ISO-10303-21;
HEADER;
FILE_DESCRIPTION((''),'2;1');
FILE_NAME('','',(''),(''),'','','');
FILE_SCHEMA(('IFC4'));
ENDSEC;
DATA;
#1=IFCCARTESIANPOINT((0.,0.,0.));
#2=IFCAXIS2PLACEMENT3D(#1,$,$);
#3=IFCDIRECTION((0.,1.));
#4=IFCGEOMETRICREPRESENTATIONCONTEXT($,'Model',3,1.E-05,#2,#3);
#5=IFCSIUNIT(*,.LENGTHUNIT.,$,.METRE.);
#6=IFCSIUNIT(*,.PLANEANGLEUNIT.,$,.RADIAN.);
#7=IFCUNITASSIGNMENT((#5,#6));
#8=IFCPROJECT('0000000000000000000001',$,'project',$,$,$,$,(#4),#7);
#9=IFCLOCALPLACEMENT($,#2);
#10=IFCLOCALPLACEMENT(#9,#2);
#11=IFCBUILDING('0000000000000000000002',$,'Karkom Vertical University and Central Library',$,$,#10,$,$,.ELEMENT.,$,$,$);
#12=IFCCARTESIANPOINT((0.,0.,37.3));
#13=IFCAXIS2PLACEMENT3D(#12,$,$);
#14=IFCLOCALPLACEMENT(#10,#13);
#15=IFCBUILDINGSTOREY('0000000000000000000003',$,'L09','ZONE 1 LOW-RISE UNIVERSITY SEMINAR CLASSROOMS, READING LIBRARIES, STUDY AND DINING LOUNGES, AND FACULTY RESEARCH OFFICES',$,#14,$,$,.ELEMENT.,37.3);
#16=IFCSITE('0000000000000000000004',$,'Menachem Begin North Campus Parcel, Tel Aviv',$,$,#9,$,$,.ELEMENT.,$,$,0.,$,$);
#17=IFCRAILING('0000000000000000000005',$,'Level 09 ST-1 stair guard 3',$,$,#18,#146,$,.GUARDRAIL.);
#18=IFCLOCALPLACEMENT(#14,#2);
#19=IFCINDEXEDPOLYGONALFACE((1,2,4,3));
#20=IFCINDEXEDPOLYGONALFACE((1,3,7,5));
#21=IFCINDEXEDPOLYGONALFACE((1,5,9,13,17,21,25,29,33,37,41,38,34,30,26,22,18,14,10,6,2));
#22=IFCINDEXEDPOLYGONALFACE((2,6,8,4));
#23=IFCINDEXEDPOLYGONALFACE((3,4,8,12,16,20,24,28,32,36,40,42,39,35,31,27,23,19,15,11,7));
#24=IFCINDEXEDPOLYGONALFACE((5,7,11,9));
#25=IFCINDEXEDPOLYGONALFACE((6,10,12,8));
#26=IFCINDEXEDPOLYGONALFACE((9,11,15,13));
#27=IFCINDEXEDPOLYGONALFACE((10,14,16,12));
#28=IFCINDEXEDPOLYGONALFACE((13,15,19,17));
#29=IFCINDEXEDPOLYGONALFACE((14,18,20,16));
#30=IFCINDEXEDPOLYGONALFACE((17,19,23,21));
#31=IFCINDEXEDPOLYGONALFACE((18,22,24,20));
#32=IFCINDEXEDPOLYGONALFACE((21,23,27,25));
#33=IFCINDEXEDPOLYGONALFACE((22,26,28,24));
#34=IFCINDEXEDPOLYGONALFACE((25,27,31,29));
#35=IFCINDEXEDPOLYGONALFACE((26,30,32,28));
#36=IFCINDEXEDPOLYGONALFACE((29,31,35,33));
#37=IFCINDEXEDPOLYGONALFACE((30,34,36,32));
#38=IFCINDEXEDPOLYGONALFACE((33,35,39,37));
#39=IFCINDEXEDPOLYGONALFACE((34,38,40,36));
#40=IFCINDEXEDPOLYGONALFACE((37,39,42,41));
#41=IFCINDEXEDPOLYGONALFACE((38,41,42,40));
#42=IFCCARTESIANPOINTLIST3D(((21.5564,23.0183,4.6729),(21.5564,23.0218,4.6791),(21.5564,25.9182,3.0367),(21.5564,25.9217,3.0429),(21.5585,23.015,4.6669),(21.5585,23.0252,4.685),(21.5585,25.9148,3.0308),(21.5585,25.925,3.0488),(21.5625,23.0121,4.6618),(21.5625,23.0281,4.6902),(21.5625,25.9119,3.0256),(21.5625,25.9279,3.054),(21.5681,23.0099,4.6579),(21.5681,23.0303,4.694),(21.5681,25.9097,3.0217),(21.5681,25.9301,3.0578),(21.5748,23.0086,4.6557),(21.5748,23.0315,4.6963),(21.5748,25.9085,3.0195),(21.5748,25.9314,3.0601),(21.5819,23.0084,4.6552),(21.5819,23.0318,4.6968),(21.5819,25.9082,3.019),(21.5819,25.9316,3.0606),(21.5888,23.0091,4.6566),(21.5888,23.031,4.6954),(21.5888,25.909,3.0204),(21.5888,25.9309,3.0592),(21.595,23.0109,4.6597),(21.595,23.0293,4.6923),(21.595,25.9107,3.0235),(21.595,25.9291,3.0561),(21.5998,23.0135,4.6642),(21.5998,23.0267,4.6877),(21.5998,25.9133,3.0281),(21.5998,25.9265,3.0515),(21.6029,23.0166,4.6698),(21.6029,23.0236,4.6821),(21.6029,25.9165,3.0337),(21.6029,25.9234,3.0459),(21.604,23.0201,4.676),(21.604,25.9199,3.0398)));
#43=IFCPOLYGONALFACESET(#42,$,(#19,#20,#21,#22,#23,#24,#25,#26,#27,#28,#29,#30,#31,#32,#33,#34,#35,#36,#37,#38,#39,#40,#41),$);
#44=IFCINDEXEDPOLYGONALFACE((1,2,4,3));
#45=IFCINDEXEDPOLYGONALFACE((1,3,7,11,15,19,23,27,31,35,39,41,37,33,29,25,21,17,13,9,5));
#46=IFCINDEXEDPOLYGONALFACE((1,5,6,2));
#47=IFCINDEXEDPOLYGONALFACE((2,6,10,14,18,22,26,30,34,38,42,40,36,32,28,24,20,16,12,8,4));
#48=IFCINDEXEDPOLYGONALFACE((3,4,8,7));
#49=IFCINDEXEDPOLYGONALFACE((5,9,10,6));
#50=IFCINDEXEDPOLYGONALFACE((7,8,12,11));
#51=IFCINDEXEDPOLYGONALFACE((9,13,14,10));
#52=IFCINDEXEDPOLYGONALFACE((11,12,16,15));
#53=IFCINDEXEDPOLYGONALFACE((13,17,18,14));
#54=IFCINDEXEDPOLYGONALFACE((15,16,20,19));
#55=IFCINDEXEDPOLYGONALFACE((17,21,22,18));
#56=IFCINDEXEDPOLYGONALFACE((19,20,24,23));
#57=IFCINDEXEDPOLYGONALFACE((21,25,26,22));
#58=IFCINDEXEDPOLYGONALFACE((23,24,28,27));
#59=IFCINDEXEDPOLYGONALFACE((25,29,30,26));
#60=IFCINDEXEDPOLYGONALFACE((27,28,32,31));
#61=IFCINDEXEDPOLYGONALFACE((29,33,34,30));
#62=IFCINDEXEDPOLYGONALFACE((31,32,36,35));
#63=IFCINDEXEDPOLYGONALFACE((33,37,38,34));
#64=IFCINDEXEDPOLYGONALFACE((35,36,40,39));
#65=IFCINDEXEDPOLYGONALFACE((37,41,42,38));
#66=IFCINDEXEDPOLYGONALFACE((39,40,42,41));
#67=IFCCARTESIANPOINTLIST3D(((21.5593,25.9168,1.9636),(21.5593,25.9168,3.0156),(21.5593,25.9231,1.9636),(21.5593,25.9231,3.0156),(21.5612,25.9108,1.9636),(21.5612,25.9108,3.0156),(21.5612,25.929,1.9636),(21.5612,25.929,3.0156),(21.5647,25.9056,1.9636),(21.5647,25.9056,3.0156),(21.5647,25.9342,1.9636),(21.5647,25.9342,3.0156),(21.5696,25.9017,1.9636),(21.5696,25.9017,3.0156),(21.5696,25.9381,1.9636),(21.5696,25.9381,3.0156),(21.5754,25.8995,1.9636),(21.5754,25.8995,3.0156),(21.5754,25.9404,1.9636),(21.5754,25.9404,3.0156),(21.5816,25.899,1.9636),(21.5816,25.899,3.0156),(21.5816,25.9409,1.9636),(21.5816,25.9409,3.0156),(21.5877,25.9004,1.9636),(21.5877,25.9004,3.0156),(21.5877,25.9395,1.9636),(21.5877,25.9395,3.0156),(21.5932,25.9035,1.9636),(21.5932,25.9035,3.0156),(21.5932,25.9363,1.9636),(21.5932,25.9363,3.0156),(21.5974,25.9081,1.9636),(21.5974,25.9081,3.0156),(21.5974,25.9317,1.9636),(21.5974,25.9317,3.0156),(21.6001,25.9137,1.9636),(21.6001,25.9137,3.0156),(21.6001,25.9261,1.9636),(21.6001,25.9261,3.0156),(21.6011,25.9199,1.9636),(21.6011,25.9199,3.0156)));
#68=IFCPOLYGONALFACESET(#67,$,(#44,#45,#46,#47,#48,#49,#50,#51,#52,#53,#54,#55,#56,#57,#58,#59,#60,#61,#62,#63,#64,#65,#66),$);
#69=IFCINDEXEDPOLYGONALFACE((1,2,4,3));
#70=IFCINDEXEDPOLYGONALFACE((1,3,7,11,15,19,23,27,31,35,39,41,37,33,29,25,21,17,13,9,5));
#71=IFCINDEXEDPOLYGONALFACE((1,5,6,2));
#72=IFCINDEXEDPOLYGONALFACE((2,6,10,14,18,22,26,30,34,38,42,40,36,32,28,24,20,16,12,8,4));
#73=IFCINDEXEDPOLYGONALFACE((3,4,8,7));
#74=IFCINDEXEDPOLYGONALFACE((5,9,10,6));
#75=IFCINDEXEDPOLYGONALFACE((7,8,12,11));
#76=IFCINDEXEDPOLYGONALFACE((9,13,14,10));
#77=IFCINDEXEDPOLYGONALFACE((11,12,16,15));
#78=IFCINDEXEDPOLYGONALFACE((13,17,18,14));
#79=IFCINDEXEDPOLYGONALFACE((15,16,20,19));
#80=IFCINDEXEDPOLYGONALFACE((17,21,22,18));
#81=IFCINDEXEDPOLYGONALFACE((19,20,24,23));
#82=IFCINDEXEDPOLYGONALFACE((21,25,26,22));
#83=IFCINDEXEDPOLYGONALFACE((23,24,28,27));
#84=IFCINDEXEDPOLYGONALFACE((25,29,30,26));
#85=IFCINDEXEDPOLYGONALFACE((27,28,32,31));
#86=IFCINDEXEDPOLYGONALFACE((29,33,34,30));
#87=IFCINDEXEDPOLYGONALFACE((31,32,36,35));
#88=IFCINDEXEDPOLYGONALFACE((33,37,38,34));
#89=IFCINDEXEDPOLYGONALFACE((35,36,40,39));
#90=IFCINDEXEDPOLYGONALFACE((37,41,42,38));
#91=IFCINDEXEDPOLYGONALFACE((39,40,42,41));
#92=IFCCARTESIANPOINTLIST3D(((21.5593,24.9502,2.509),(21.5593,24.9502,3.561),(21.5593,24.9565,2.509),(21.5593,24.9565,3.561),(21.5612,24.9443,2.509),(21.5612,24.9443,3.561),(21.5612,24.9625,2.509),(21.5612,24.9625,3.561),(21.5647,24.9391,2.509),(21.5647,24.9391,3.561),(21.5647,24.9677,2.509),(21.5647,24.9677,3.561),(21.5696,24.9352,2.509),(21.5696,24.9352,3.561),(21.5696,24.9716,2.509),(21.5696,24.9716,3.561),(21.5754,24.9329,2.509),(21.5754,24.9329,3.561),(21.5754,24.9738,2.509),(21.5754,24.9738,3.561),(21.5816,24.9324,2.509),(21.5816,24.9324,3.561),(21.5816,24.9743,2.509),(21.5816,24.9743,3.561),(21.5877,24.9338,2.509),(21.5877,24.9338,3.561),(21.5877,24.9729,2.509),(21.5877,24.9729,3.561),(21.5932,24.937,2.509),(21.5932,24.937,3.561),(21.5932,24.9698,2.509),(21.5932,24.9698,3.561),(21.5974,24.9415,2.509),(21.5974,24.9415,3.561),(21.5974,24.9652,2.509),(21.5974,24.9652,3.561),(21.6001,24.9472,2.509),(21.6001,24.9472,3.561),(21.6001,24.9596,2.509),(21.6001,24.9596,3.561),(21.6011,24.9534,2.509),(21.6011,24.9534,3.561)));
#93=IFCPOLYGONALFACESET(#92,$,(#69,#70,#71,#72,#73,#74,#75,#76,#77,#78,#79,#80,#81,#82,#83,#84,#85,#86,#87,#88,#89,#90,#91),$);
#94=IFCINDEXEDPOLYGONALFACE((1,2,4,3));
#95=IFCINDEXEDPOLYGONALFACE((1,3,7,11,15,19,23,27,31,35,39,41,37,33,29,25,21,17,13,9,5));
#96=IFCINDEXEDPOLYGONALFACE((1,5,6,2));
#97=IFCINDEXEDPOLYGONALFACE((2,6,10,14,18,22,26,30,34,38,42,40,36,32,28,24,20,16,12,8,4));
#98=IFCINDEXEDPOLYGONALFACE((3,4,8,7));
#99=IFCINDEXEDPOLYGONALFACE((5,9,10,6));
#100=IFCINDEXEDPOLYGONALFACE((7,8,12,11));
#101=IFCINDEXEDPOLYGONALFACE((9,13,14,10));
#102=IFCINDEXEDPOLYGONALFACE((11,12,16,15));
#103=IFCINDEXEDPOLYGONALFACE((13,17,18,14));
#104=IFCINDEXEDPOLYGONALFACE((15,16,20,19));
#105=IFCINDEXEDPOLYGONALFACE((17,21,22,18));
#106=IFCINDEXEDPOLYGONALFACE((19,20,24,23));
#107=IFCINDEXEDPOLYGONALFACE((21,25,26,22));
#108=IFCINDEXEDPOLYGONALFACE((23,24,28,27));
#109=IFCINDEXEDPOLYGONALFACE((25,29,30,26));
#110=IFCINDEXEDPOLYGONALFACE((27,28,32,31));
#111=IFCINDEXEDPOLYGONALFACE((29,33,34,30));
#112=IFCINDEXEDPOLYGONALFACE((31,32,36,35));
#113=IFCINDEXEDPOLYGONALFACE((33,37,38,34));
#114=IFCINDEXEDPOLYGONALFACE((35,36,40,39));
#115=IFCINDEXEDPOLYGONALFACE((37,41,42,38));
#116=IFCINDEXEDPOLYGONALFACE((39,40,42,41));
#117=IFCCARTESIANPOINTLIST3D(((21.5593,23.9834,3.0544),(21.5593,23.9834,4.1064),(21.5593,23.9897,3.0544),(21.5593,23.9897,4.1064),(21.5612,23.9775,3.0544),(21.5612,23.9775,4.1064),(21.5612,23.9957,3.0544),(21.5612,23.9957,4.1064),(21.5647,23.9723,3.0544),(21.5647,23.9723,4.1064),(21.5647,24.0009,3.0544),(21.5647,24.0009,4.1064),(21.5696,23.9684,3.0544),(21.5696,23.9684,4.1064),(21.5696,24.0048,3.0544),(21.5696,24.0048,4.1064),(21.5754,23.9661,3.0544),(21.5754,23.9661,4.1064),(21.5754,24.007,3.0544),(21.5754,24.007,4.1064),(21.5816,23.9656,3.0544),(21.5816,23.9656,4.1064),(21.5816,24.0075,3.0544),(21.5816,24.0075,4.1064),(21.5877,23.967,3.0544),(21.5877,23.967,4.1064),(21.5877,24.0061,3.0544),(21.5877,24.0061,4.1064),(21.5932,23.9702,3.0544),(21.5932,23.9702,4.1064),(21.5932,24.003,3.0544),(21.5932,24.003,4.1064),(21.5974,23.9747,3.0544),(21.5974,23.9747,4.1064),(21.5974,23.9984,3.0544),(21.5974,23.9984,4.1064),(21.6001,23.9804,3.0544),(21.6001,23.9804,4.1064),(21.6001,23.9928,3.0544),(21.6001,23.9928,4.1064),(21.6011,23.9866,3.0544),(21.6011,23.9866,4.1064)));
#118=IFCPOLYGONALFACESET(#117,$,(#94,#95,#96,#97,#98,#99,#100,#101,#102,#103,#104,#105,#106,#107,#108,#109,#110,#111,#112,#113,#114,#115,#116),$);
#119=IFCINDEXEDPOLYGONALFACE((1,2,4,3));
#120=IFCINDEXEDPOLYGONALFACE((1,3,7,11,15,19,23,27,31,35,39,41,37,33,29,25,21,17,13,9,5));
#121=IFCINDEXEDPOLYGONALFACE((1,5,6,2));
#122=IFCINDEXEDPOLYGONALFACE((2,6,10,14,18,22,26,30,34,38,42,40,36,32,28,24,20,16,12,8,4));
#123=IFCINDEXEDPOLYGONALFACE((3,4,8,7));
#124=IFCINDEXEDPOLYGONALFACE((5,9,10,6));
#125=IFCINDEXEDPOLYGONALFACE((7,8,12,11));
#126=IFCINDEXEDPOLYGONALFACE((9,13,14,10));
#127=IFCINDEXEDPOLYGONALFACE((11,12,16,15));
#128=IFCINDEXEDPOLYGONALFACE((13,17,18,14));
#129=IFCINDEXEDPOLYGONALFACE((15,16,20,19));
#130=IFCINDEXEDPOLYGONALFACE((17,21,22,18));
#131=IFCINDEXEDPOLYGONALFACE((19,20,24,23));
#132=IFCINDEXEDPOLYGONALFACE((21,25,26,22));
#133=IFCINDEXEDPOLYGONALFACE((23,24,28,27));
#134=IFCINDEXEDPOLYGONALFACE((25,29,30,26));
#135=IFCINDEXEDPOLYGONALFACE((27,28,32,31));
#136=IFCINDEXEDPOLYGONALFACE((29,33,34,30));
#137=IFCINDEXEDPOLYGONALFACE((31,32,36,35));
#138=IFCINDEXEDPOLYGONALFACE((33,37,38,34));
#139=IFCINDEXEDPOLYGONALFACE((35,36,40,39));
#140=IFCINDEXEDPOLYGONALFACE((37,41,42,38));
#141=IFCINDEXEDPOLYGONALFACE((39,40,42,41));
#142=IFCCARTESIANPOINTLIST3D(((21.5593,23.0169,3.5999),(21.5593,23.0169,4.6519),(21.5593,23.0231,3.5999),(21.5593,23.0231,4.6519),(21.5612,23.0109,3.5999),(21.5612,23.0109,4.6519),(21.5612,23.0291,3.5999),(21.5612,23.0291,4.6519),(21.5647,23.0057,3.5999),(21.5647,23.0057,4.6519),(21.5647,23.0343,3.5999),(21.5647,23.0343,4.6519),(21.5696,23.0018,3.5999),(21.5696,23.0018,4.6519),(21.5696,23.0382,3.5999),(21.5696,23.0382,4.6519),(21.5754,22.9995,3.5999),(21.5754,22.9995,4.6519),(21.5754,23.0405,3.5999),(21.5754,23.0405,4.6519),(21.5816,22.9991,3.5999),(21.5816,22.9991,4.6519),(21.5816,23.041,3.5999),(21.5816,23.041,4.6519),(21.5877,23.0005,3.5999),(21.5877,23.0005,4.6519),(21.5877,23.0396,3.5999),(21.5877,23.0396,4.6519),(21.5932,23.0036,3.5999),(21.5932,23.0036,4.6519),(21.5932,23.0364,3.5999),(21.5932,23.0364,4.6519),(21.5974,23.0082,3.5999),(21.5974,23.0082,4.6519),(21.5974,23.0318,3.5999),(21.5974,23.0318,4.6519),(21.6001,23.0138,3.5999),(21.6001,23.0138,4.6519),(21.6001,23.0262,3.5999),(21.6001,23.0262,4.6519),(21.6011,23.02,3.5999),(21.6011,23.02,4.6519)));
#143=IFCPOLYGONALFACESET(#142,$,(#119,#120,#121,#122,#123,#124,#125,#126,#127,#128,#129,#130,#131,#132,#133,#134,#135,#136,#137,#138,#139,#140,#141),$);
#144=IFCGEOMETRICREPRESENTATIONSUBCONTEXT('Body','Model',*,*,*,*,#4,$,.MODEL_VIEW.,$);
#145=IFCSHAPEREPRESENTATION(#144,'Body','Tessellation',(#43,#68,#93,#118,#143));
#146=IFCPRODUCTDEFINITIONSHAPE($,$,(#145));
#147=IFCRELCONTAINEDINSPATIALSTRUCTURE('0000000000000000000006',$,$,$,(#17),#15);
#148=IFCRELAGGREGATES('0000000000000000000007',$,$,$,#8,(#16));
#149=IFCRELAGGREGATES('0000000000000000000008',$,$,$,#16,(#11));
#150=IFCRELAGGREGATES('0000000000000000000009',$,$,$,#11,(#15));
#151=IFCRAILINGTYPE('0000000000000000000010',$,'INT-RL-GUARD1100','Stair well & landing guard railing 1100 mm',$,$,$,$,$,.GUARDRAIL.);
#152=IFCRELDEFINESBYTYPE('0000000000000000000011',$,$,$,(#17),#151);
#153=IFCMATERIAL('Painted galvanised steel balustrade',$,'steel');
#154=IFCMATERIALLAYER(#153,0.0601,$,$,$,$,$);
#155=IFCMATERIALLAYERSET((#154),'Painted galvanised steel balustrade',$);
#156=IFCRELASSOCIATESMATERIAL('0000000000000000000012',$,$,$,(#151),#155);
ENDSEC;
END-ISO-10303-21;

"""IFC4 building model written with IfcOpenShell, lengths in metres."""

from ifc_helpers import new_model, si_unit, direction, frame, origin, origin_2d, place, context, subcontext, project, spatial, circle, extrude, material, layer, layer_set, type_object, element, save


model = new_model("IFC4")

# Units and contexts
model_context = context("Model", 3, precision=1e-05, world=origin(), true_north=direction((0.0, 1.0)))
body_context = subcontext(model_context, "Body", "Model", "MODEL_VIEW")
ifc_project = project(units=[si_unit("LENGTHUNIT", "METRE"), si_unit("PLANEANGLEUNIT", "RADIAN")], contexts=[model_context])

# Site, building, storey
site_placement = place(None, origin())
site = spatial("IfcSite", under=ifc_project, at=site_placement, Name="Menachem Begin North Campus Parcel, Tel Aviv", CompositionType="ELEMENT", RefElevation=0.0)
building_placement = place(site_placement, origin())
building = spatial("IfcBuilding", under=site, at=building_placement, Name="Karkom Vertical University and Central Library", CompositionType="ELEMENT")
storey_placement = place(building_placement, frame((0.0, 0.0, 37.3)))
storey = spatial("IfcBuildingStorey", under=building, at=storey_placement, Name="L09", Description="ZONE 1 LOW-RISE UNIVERSITY SEMINAR CLASSROOMS, READING LIBRARIES, STUDY AND DINING LOUNGES, AND FACULTY RESEARCH OFFICES", CompositionType="ELEMENT", Elevation=37.3)

# Railing
ifc_material_1 = material(Name="Painted galvanised steel balustrade", Category="steel")
ifc_layer_1 = layer(ifc_material_1, 0.0601)
ifc_layer_set_1 = layer_set([ifc_layer_1], Name="Painted galvanised steel balustrade")
railing_type_1 = type_object("IfcRailingType", Name="INT-RL-GUARD1100", Description="Stair well & landing guard railing 1100 mm", PredefinedType="GUARDRAIL", material=ifc_layer_set_1)
railing_1_placement = place(storey_placement, frame((21.5801, 25.9199, 1.9636)))
element("IfcRailing", 1, at=railing_1_placement, inside=storey, type_object=railing_type_1, Name="Level 09 ST-1 stair guard 3", PredefinedType="GUARDRAIL", context=body_context, shape_type="SweptSolid", body=[
    extrude(circle(Radius=0.0239, at=origin_2d()), frame((0.0, 0.0, 1.0762), z_axis=(0.0, -0.870929, 0.49141), x_axis=(1.0, 0.0, 0.0)), (0.0, 0.0, 1.0), 3.3296),
    extrude(circle(Radius=0.021, at=origin_2d()), origin(), (0.0, 0.0, 1.0), 1.052),
    extrude(circle(Radius=0.021, at=origin_2d()), frame((0.0, -0.9666, 0.5454)), (0.0, 0.0, 1.0), 1.052),
    extrude(circle(Radius=0.021, at=origin_2d()), frame((0.0, -1.9333, 1.0908)), (0.0, 0.0, 1.0), 1.052),
    extrude(circle(Radius=0.021, at=origin_2d()), frame((0.0, -2.8999, 1.6362)), (0.0, 0.0, 1.0), 1.052),
])

save(model, "model.ifc")
